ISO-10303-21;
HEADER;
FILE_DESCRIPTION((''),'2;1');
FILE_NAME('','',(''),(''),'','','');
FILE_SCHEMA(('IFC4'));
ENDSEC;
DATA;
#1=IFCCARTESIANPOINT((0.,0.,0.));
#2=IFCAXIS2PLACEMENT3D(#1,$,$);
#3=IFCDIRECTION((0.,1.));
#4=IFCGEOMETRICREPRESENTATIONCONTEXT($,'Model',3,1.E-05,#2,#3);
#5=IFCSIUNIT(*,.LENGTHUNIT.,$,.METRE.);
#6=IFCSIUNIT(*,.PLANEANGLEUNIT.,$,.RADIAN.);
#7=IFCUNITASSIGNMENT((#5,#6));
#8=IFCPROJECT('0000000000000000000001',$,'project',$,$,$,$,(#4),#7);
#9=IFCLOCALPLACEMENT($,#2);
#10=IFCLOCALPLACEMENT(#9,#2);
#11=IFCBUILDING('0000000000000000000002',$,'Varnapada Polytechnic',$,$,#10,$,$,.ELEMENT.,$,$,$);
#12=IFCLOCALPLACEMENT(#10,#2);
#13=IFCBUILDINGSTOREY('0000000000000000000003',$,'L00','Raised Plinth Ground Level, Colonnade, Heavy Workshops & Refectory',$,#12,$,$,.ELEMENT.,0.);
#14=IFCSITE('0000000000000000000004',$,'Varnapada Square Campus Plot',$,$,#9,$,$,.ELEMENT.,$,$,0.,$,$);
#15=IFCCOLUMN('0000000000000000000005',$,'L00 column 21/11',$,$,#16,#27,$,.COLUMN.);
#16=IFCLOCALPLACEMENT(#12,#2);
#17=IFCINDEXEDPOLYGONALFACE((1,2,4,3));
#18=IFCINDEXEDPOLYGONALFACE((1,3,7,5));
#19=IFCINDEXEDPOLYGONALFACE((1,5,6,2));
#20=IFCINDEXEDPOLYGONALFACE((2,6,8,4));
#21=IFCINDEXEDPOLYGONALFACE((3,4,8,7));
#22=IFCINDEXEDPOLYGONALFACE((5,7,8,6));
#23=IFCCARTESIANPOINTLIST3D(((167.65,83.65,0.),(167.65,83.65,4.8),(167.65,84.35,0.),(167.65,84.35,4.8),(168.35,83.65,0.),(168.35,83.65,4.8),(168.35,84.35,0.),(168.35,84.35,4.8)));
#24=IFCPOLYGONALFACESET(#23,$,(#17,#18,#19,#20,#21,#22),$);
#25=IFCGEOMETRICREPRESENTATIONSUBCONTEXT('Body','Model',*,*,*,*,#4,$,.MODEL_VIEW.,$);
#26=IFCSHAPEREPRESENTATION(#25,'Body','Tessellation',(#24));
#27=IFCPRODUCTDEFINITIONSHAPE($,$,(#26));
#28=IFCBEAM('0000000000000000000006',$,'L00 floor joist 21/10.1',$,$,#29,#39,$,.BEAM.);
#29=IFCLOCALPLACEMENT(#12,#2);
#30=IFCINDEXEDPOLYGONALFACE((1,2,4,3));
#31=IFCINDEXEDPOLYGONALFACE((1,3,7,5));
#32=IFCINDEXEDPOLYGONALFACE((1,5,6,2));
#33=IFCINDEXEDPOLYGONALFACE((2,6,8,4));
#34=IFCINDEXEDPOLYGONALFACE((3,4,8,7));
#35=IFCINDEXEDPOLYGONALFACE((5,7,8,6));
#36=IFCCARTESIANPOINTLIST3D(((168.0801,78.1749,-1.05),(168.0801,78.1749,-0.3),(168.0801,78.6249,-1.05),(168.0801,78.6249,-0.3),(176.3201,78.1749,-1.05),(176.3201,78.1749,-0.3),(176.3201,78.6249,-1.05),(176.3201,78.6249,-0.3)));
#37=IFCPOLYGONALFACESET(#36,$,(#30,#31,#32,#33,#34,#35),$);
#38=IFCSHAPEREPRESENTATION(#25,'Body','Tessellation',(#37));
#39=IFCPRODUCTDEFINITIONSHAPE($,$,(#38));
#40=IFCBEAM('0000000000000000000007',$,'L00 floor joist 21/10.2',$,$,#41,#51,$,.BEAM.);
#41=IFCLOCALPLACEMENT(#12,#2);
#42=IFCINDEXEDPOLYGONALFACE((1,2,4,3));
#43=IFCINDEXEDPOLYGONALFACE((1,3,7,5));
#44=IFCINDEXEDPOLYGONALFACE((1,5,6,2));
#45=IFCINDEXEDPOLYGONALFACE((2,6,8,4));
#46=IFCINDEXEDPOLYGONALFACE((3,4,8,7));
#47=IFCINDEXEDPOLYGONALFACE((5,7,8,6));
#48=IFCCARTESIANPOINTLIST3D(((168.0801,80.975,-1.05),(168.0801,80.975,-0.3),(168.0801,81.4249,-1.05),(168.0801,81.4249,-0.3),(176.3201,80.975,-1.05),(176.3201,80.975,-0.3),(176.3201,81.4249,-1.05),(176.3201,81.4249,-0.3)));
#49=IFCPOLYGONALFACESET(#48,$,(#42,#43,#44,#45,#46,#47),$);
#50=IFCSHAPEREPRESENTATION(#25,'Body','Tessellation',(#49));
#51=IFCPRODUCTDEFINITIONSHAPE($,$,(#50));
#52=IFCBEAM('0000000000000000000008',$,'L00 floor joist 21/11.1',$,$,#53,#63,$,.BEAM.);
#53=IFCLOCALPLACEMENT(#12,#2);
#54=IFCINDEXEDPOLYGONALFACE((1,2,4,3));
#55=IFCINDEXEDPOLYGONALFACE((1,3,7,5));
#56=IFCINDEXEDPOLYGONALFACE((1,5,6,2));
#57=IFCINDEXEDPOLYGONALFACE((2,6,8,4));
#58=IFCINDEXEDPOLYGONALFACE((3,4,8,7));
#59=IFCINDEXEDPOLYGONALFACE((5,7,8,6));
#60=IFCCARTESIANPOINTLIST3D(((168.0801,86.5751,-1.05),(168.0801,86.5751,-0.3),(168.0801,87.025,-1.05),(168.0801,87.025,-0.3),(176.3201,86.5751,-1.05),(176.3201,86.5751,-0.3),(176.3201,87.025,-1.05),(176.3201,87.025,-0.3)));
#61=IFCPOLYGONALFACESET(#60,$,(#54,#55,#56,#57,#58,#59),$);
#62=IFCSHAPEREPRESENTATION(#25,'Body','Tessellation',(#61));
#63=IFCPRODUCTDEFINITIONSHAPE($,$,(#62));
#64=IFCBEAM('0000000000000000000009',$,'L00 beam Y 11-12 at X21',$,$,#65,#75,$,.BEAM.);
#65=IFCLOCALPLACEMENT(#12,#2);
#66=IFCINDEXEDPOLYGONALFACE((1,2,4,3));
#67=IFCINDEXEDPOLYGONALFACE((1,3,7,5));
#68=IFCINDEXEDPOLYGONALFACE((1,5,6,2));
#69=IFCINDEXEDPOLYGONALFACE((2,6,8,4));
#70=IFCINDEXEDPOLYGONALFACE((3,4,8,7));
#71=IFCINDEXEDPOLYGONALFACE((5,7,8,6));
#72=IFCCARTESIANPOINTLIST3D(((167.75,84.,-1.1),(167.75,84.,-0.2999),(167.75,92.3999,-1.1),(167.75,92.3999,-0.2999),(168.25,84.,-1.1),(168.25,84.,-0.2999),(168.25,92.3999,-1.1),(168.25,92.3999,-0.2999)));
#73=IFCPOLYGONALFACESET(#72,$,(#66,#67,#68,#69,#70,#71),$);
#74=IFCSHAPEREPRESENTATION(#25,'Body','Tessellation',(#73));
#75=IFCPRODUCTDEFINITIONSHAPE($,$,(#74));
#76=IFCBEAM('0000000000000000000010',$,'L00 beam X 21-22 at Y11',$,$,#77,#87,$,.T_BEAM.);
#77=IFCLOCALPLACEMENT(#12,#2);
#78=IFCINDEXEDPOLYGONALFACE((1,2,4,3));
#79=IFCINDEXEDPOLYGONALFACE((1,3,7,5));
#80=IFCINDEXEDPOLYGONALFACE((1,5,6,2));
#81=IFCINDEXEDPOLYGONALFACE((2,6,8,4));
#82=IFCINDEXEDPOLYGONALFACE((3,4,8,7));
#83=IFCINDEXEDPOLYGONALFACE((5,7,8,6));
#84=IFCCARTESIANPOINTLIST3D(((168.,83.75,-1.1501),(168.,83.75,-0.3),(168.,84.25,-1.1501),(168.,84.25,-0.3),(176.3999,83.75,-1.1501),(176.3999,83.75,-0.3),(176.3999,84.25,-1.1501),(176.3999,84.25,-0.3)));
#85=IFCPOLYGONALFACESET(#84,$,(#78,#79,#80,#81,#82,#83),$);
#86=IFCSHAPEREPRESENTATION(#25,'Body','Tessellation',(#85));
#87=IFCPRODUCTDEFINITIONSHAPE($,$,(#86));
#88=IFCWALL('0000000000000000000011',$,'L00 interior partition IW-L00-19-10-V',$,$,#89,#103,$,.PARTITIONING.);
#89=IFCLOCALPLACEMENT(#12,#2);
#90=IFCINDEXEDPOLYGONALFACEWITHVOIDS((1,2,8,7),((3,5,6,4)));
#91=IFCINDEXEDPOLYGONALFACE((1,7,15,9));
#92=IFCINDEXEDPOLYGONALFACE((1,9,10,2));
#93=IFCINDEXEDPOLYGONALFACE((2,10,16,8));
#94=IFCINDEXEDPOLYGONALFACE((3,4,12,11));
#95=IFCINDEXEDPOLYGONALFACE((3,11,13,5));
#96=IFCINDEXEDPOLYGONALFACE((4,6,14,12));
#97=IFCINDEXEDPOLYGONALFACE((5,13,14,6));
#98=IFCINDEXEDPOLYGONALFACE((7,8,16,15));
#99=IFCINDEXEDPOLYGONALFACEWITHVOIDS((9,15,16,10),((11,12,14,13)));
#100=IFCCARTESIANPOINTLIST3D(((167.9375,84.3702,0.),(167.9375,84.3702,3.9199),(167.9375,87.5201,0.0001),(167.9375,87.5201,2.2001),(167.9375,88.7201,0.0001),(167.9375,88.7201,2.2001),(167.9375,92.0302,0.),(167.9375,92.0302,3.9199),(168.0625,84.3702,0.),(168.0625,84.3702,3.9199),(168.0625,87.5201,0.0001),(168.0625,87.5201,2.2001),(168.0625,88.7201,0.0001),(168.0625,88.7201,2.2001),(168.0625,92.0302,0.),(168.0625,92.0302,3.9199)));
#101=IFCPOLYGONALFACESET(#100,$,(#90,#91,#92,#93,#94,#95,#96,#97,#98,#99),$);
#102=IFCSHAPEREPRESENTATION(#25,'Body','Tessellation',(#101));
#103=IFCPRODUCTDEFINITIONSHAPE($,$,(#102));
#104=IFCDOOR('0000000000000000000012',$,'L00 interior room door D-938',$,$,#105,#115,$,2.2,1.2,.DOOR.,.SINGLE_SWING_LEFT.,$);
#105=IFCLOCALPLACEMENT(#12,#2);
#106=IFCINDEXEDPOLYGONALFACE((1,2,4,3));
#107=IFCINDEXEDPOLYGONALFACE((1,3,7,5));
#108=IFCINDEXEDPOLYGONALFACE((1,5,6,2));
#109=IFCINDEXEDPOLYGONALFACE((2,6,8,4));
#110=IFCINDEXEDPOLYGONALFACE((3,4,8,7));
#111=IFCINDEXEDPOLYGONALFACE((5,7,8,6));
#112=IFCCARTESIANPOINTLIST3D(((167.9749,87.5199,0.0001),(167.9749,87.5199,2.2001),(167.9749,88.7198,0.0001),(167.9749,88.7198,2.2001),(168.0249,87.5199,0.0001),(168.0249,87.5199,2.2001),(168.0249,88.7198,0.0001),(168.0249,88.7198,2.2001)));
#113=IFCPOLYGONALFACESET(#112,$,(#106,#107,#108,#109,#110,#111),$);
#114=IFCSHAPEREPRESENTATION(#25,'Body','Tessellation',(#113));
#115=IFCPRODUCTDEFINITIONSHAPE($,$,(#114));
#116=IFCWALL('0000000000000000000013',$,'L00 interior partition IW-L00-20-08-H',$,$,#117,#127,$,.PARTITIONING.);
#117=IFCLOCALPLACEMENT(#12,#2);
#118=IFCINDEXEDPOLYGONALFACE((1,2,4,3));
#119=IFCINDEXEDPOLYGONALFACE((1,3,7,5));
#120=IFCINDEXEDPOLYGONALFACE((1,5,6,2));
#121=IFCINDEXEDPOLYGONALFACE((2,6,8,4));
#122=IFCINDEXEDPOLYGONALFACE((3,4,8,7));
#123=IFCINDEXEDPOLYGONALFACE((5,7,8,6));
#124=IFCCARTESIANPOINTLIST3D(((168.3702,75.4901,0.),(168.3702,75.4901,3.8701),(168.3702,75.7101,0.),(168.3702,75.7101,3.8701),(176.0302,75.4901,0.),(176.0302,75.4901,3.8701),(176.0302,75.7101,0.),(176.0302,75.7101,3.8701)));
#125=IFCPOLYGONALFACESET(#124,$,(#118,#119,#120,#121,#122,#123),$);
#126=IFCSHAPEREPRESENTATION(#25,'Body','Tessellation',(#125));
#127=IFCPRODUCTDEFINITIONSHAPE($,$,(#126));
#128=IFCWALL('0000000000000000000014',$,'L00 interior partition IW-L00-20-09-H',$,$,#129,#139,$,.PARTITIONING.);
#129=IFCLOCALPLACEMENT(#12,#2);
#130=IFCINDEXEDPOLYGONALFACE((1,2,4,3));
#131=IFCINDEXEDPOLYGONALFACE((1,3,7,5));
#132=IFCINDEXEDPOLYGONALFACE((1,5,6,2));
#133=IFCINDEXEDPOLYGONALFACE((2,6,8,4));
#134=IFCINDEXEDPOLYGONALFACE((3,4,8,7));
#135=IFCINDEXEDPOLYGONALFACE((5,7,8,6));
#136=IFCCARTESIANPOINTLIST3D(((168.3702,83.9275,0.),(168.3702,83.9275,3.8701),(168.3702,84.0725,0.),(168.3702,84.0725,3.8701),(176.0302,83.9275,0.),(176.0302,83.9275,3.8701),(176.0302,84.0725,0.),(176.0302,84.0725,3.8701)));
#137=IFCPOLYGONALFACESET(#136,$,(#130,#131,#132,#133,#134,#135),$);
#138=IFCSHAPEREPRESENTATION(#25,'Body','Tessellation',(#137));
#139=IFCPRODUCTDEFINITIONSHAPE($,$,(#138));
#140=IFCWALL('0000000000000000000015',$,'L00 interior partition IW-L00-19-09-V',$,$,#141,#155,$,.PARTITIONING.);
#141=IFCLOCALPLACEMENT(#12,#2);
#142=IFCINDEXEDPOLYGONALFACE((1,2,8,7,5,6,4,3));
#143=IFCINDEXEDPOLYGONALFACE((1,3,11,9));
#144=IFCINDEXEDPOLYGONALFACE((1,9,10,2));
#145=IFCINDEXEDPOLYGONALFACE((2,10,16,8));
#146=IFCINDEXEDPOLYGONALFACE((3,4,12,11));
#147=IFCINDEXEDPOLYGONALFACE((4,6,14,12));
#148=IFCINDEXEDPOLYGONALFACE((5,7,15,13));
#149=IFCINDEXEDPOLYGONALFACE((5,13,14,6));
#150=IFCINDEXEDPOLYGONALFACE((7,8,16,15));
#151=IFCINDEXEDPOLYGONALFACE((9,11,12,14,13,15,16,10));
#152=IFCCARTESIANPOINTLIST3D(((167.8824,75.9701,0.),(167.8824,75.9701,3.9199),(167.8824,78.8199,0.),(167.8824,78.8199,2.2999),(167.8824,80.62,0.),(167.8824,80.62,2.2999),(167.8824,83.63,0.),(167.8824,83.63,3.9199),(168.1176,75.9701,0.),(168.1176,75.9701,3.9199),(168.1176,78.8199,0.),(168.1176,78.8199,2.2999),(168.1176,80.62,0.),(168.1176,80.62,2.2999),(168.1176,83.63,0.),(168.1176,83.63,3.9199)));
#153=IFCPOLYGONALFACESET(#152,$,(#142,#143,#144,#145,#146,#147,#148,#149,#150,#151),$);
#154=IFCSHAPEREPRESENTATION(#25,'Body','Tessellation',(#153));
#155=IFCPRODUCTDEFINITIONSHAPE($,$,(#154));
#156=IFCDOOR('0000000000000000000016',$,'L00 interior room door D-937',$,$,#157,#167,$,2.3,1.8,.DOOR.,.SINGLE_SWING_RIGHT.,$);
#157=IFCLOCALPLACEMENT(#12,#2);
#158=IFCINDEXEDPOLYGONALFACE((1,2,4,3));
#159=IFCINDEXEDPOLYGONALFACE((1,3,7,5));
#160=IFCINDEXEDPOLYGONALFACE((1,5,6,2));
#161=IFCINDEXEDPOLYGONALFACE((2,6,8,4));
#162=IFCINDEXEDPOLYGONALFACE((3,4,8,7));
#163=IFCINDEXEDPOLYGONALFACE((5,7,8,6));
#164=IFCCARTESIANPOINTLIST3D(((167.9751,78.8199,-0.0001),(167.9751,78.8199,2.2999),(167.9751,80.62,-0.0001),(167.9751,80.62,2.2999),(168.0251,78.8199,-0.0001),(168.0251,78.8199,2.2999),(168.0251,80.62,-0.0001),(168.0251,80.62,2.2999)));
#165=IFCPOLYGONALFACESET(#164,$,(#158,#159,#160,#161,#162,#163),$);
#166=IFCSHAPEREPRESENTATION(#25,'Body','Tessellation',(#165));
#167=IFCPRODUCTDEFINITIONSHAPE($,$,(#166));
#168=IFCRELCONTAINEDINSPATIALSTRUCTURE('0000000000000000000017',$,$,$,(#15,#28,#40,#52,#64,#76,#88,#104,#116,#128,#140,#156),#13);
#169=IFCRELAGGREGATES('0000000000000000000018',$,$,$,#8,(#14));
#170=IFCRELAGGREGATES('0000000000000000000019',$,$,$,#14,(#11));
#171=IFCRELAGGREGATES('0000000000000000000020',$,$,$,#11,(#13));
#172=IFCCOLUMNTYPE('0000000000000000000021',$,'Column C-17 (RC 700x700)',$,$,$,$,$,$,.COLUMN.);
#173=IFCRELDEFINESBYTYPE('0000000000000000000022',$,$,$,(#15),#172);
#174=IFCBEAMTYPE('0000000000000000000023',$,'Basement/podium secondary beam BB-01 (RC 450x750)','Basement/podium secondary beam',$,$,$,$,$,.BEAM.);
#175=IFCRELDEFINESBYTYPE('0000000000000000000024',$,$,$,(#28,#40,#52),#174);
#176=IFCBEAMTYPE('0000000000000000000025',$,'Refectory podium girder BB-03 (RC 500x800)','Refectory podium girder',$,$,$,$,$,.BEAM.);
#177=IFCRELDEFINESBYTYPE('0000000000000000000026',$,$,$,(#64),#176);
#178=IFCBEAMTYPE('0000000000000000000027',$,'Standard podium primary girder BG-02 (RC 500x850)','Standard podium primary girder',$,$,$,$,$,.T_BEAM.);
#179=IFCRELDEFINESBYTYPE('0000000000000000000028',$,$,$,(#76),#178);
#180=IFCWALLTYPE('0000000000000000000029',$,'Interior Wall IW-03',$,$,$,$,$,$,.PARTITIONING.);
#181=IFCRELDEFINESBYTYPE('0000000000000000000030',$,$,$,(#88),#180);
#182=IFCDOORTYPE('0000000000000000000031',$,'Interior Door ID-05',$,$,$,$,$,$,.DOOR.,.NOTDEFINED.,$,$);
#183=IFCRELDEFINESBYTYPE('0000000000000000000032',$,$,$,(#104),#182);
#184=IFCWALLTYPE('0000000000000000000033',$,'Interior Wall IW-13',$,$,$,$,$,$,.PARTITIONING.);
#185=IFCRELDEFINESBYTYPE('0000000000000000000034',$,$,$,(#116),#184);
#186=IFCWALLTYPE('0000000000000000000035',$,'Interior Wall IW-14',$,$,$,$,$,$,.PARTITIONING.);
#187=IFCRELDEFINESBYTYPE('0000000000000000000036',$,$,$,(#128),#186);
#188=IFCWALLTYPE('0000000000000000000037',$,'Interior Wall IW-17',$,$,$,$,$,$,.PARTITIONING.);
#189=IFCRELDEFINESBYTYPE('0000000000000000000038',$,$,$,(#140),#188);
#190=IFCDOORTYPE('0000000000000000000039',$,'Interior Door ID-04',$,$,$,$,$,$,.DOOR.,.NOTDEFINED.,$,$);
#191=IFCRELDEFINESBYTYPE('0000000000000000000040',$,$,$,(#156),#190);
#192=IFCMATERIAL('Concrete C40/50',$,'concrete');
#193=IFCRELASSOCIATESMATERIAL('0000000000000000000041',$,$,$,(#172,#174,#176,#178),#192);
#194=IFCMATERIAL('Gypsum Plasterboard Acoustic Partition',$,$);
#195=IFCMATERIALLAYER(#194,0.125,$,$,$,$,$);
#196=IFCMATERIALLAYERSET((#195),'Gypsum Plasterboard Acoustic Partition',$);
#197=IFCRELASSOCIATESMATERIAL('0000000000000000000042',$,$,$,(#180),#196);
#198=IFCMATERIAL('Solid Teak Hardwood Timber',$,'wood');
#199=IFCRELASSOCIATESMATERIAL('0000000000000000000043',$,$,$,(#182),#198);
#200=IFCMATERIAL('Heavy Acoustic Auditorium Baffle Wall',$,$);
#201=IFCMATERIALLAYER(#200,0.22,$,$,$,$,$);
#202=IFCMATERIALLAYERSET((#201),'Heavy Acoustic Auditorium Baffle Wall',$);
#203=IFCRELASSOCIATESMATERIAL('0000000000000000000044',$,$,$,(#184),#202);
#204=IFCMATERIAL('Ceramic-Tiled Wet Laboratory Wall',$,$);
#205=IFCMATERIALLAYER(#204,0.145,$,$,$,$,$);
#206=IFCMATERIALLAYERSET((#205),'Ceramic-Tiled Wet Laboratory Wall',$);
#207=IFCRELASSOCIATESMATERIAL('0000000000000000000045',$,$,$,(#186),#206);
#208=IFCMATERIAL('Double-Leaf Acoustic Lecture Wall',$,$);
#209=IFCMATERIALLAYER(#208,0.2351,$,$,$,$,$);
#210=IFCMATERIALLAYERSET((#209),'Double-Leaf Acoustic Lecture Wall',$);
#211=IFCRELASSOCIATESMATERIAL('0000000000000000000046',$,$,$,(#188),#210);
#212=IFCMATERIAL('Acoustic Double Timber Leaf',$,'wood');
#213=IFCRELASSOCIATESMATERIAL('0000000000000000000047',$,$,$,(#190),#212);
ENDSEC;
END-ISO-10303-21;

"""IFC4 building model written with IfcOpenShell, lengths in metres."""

from ifc_helpers import new_model, si_unit, direction, frame, frame_2d, origin, origin_2d, place, context, subcontext, project, spatial, rectangle, extrude, material, layer, layer_set, material_profile, profile_set, type_object, element, fill, save


model = new_model("IFC4")

# Units and contexts
model_context = context("Model", 3, precision=1e-05, world=origin(), true_north=direction((0.0, 1.0)))
body_context = subcontext(model_context, "Body", "Model", "MODEL_VIEW")
ifc_project = project(units=[si_unit("LENGTHUNIT", "METRE"), si_unit("PLANEANGLEUNIT", "RADIAN")], contexts=[model_context])

# Site, building, storey
site_placement = place(None, origin())
site = spatial("IfcSite", under=ifc_project, at=site_placement, Name="Varnapada Square Campus Plot", CompositionType="ELEMENT", RefElevation=0.0)
building_placement = place(site_placement, origin())
building = spatial("IfcBuilding", under=site, at=building_placement, Name="Varnapada Polytechnic", CompositionType="ELEMENT")
storey_placement = place(building_placement, origin())
storey = spatial("IfcBuildingStorey", under=building, at=storey_placement, Name="L00", Description="Raised Plinth Ground Level, Colonnade, Heavy Workshops & Refectory", CompositionType="ELEMENT", Elevation=0.0)

# Column
ifc_material_1 = material(Name="Concrete C40/50", Category="concrete")
ifc_material_profile_1 = material_profile(ifc_material_1, rectangle(XDim=0.7, YDim=0.7, at=origin_2d()), Name="RC 700x700")
ifc_profile_set_1 = profile_set([ifc_material_profile_1], Name="Concrete C40/50")
column_type = type_object("IfcColumnType", Name="Column C-17 (RC 700x700)", PredefinedType="COLUMN", material=ifc_profile_set_1)
column_placement = place(storey_placement, frame((168.0, 84.0, 0.0), z_axis=(0.0, 0.0, 1.0), x_axis=(1.0, 0.0, 0.0)))
element("IfcColumn", 1, at=column_placement, inside=storey, type_object=column_type, Name="L00 column 21/11", PredefinedType="COLUMN", context=body_context, shape_type="SweptSolid", body=[
    extrude(rectangle(XDim=0.7, YDim=0.7, at=origin_2d()), origin(), (0.0, 0.0, 1.0), 4.8),
])

# Beams
ifc_material_profile_2 = material_profile(ifc_material_1, rectangle(XDim=0.45, YDim=0.75, at=origin_2d()), Name="RC 450x750")
ifc_profile_set_2 = profile_set([ifc_material_profile_2], Name="Concrete C40/50")
beam_type_1 = type_object("IfcBeamType", Name="Basement/podium secondary beam BB-01 (RC 450x750)", Description="Basement/podium secondary beam", PredefinedType="BEAM", material=ifc_profile_set_2)
for number, where, z_axis, x_axis, name in (
    (2, (168.0801, 78.3999, -0.675), (1.0, 0.0, 0.0), (0.0, 1.0, 0.0), "L00 floor joist 21/10.1"),
    (3, (168.0801, 81.2, -0.675), (1.0, 0.0, 0.0), (0.0, 1.0, 0.0), "L00 floor joist 21/10.2"),
    (4, (168.0801, 86.8, -0.675), (1.0, 0.0, 0.0), (0.0, 1.0, 0.0), "L00 floor joist 21/11.1"),
):
    element("IfcBeam", number, at=place(storey_placement, frame(where, z_axis=z_axis, x_axis=x_axis)), inside=storey, type_object=beam_type_1, Name=name, PredefinedType="BEAM", context=body_context, shape_type="SweptSolid", body=[
        extrude(rectangle(XDim=0.45, YDim=0.75, at=origin_2d()), origin(), (0.0, 0.0, 1.0), 8.24),
    ])
ifc_material_profile_3 = material_profile(ifc_material_1, rectangle(XDim=0.5, YDim=0.8, at=origin_2d()), Name="RC 500x800")
ifc_profile_set_3 = profile_set([ifc_material_profile_3], Name="Concrete C40/50")
beam_type_2 = type_object("IfcBeamType", Name="Refectory podium girder BB-03 (RC 500x800)", Description="Refectory podium girder", PredefinedType="BEAM", material=ifc_profile_set_3)
beam_1_placement = place(storey_placement, frame((168.0, 84.0, -0.7), z_axis=(0.0, 1.0, 0.0), x_axis=(-1.0, 0.0, 0.0)))
element("IfcBeam", 5, at=beam_1_placement, inside=storey, type_object=beam_type_2, Name="L00 beam Y 11-12 at X21", PredefinedType="BEAM", context=body_context, shape_type="SweptSolid", body=[
    extrude(rectangle(XDim=0.5, YDim=0.8, at=origin_2d()), origin(), (0.0, 0.0, 1.0), 8.3999),
])
ifc_material_profile_4 = material_profile(ifc_material_1, rectangle(XDim=0.5, YDim=0.8501, at=origin_2d()), Name="RC 500x850")
ifc_profile_set_4 = profile_set([ifc_material_profile_4], Name="Concrete C40/50")
beam_type_3 = type_object("IfcBeamType", Name="Standard podium primary girder BG-02 (RC 500x850)", Description="Standard podium primary girder", PredefinedType="T_BEAM", material=ifc_profile_set_4)
beam_2_placement = place(storey_placement, frame((168.0, 84.0, -0.7251), z_axis=(1.0, 0.0, 0.0), x_axis=(0.0, 1.0, 0.0)))
element("IfcBeam", 6, at=beam_2_placement, inside=storey, type_object=beam_type_3, Name="L00 beam X 21-22 at Y11", PredefinedType="T_BEAM", context=body_context, shape_type="SweptSolid", body=[
    extrude(rectangle(XDim=0.5, YDim=0.8501, at=origin_2d()), origin(), (0.0, 0.0, 1.0), 8.3999),
])

# Wall, opening, door
ifc_material_2 = material(Name="Gypsum Plasterboard Acoustic Partition")
ifc_layer_1 = layer(ifc_material_2, 0.125)
ifc_layer_set_1 = layer_set([ifc_layer_1], Name="Gypsum Plasterboard Acoustic Partition")
wall_type_1 = type_object("IfcWallType", Name="Interior Wall IW-03", PredefinedType="PARTITIONING", material=ifc_layer_set_1)
wall_1_placement = place(storey_placement, frame((168.0, 84.3701, 0.0), z_axis=(0.0, 0.0, 1.0), x_axis=(0.0, 1.0, 0.0)))
wall_1 = element("IfcWall", 7, at=wall_1_placement, inside=storey, type_object=wall_type_1, Name="L00 interior partition IW-L00-19-10-V", PredefinedType="PARTITIONING", context=body_context, shape_type="SweptSolid", body=[
    extrude(rectangle(XDim=7.6599, YDim=0.125, at=frame_2d((3.8301, 0.0))), origin(), (0.0, 0.0, 1.0), 3.9199),
])
opening_1_placement = place(wall_1_placement, frame((3.1499, 0.0, 0.0)))
opening_1 = element("IfcOpeningElement", 8, at=opening_1_placement, cuts=wall_1, PredefinedType="OPENING", context=body_context, shape_type="SweptSolid", body=[
    extrude(rectangle(XDim=1.2, YDim=2.2, at=frame_2d((0.6001, 1.1001))), frame((0.0, 0.0725, 0.0), z_axis=(0.0, -1.0, 0.0), x_axis=(1.0, 0.0, 0.0)), (0.0, 0.0, 1.0), 0.145),
])
ifc_material_3 = material(Name="Solid Teak Hardwood Timber", Category="wood")
door_type_1 = type_object("IfcDoorType", Name="Interior Door ID-05", OperationType="NOTDEFINED", PredefinedType="DOOR", material=ifc_material_3)
door_1_placement = place(opening_1_placement, frame((1.2, 0.0, 0.0), z_axis=(0.0, 0.0, 1.0), x_axis=(-1.0, 0.0, 0.0)))
door_1 = element("IfcDoor", 9, at=door_1_placement, inside=storey, type_object=door_type_1, Name="L00 interior room door D-938", OperationType="SINGLE_SWING_LEFT", OverallHeight=2.2, OverallWidth=1.2, PredefinedType="DOOR", context=body_context, shape_type="SweptSolid", body=[
    extrude(rectangle(XDim=1.2, YDim=2.2, at=frame_2d((0.6001, 1.1001))), frame((0.0, 0.0249, 0.0), z_axis=(0.0, -1.0, 0.0), x_axis=(1.0, 0.0, 0.0)), (0.0, 0.0, 1.0), 0.05),
])
fill(opening_1, door_1)

# Walls
ifc_material_4 = material(Name="Heavy Acoustic Auditorium Baffle Wall")
ifc_layer_2 = layer(ifc_material_4, 0.22)
ifc_layer_set_2 = layer_set([ifc_layer_2], Name="Heavy Acoustic Auditorium Baffle Wall")
wall_type_2 = type_object("IfcWallType", Name="Interior Wall IW-13", PredefinedType="PARTITIONING", material=ifc_layer_set_2)
wall_2_placement = place(storey_placement, frame((168.3701, 75.6001, 0.0), z_axis=(0.0, 0.0, 1.0), x_axis=(1.0, 0.0, 0.0)))
element("IfcWall", 10, at=wall_2_placement, inside=storey, type_object=wall_type_2, Name="L00 interior partition IW-L00-20-08-H", PredefinedType="PARTITIONING", context=body_context, shape_type="SweptSolid", body=[
    extrude(rectangle(XDim=7.6599, YDim=0.22, at=frame_2d((3.8301, 0.0))), origin(), (0.0, 0.0, 1.0), 3.8701),
])
ifc_material_5 = material(Name="Ceramic-Tiled Wet Laboratory Wall")
ifc_layer_3 = layer(ifc_material_5, 0.145)
ifc_layer_set_3 = layer_set([ifc_layer_3], Name="Ceramic-Tiled Wet Laboratory Wall")
wall_type_3 = type_object("IfcWallType", Name="Interior Wall IW-14", PredefinedType="PARTITIONING", material=ifc_layer_set_3)
wall_3_placement = place(storey_placement, frame((168.3701, 84.0, 0.0), z_axis=(0.0, 0.0, 1.0), x_axis=(1.0, 0.0, 0.0)))
element("IfcWall", 11, at=wall_3_placement, inside=storey, type_object=wall_type_3, Name="L00 interior partition IW-L00-20-09-H", PredefinedType="PARTITIONING", context=body_context, shape_type="SweptSolid", body=[
    extrude(rectangle(XDim=7.6599, YDim=0.145, at=frame_2d((3.8301, 0.0))), origin(), (0.0, 0.0, 1.0), 3.8701),
])

# Wall, opening, door
ifc_material_6 = material(Name="Double-Leaf Acoustic Lecture Wall")
ifc_layer_4 = layer(ifc_material_6, 0.2351)
ifc_layer_set_4 = layer_set([ifc_layer_4], Name="Double-Leaf Acoustic Lecture Wall")
wall_type_4 = type_object("IfcWallType", Name="Interior Wall IW-17", PredefinedType="PARTITIONING", material=ifc_layer_set_4)
wall_4_placement = place(storey_placement, frame((168.0, 75.97, 0.0), z_axis=(0.0, 0.0, 1.0), x_axis=(0.0, 1.0, 0.0)))
wall_4 = element("IfcWall", 12, at=wall_4_placement, inside=storey, type_object=wall_type_4, Name="L00 interior partition IW-L00-19-09-V", PredefinedType="PARTITIONING", context=body_context, shape_type="SweptSolid", body=[
    extrude(rectangle(XDim=7.6599, YDim=0.2351, at=frame_2d((3.8301, 0.0))), origin(), (0.0, 0.0, 1.0), 3.9199),
])
opening_2_placement = place(wall_4_placement, frame((2.8501, 0.0, 0.0)))
opening_2 = element("IfcOpeningElement", 13, at=opening_2_placement, cuts=wall_4, PredefinedType="OPENING", context=body_context, shape_type="SweptSolid", body=[
    extrude(rectangle(XDim=1.8, YDim=2.3, at=frame_2d((0.8999, 1.1499))), frame((0.0, 0.1274, 0.0), z_axis=(0.0, -1.0, 0.0), x_axis=(1.0, 0.0, 0.0)), (0.0, 0.0, 1.0), 0.2551),
])
ifc_material_7 = material(Name="Acoustic Double Timber Leaf", Category="wood")
door_type_2 = type_object("IfcDoorType", Name="Interior Door ID-04", OperationType="NOTDEFINED", PredefinedType="DOOR", material=ifc_material_7)
door_2_placement = place(opening_2_placement, origin())
door_2 = element("IfcDoor", 14, at=door_2_placement, inside=storey, type_object=door_type_2, Name="L00 interior room door D-937", OperationType="SINGLE_SWING_RIGHT", OverallHeight=2.3, OverallWidth=1.8, PredefinedType="DOOR", context=body_context, shape_type="SweptSolid", body=[
    extrude(rectangle(XDim=1.8, YDim=2.3, at=frame_2d((0.8999, 1.1499))), frame((0.0, 0.0249, 0.0), z_axis=(0.0, -1.0, 0.0), x_axis=(1.0, 0.0, 0.0)), (0.0, 0.0, 1.0), 0.05),
])
fill(opening_2, door_2)

save(model, "model.ifc")
